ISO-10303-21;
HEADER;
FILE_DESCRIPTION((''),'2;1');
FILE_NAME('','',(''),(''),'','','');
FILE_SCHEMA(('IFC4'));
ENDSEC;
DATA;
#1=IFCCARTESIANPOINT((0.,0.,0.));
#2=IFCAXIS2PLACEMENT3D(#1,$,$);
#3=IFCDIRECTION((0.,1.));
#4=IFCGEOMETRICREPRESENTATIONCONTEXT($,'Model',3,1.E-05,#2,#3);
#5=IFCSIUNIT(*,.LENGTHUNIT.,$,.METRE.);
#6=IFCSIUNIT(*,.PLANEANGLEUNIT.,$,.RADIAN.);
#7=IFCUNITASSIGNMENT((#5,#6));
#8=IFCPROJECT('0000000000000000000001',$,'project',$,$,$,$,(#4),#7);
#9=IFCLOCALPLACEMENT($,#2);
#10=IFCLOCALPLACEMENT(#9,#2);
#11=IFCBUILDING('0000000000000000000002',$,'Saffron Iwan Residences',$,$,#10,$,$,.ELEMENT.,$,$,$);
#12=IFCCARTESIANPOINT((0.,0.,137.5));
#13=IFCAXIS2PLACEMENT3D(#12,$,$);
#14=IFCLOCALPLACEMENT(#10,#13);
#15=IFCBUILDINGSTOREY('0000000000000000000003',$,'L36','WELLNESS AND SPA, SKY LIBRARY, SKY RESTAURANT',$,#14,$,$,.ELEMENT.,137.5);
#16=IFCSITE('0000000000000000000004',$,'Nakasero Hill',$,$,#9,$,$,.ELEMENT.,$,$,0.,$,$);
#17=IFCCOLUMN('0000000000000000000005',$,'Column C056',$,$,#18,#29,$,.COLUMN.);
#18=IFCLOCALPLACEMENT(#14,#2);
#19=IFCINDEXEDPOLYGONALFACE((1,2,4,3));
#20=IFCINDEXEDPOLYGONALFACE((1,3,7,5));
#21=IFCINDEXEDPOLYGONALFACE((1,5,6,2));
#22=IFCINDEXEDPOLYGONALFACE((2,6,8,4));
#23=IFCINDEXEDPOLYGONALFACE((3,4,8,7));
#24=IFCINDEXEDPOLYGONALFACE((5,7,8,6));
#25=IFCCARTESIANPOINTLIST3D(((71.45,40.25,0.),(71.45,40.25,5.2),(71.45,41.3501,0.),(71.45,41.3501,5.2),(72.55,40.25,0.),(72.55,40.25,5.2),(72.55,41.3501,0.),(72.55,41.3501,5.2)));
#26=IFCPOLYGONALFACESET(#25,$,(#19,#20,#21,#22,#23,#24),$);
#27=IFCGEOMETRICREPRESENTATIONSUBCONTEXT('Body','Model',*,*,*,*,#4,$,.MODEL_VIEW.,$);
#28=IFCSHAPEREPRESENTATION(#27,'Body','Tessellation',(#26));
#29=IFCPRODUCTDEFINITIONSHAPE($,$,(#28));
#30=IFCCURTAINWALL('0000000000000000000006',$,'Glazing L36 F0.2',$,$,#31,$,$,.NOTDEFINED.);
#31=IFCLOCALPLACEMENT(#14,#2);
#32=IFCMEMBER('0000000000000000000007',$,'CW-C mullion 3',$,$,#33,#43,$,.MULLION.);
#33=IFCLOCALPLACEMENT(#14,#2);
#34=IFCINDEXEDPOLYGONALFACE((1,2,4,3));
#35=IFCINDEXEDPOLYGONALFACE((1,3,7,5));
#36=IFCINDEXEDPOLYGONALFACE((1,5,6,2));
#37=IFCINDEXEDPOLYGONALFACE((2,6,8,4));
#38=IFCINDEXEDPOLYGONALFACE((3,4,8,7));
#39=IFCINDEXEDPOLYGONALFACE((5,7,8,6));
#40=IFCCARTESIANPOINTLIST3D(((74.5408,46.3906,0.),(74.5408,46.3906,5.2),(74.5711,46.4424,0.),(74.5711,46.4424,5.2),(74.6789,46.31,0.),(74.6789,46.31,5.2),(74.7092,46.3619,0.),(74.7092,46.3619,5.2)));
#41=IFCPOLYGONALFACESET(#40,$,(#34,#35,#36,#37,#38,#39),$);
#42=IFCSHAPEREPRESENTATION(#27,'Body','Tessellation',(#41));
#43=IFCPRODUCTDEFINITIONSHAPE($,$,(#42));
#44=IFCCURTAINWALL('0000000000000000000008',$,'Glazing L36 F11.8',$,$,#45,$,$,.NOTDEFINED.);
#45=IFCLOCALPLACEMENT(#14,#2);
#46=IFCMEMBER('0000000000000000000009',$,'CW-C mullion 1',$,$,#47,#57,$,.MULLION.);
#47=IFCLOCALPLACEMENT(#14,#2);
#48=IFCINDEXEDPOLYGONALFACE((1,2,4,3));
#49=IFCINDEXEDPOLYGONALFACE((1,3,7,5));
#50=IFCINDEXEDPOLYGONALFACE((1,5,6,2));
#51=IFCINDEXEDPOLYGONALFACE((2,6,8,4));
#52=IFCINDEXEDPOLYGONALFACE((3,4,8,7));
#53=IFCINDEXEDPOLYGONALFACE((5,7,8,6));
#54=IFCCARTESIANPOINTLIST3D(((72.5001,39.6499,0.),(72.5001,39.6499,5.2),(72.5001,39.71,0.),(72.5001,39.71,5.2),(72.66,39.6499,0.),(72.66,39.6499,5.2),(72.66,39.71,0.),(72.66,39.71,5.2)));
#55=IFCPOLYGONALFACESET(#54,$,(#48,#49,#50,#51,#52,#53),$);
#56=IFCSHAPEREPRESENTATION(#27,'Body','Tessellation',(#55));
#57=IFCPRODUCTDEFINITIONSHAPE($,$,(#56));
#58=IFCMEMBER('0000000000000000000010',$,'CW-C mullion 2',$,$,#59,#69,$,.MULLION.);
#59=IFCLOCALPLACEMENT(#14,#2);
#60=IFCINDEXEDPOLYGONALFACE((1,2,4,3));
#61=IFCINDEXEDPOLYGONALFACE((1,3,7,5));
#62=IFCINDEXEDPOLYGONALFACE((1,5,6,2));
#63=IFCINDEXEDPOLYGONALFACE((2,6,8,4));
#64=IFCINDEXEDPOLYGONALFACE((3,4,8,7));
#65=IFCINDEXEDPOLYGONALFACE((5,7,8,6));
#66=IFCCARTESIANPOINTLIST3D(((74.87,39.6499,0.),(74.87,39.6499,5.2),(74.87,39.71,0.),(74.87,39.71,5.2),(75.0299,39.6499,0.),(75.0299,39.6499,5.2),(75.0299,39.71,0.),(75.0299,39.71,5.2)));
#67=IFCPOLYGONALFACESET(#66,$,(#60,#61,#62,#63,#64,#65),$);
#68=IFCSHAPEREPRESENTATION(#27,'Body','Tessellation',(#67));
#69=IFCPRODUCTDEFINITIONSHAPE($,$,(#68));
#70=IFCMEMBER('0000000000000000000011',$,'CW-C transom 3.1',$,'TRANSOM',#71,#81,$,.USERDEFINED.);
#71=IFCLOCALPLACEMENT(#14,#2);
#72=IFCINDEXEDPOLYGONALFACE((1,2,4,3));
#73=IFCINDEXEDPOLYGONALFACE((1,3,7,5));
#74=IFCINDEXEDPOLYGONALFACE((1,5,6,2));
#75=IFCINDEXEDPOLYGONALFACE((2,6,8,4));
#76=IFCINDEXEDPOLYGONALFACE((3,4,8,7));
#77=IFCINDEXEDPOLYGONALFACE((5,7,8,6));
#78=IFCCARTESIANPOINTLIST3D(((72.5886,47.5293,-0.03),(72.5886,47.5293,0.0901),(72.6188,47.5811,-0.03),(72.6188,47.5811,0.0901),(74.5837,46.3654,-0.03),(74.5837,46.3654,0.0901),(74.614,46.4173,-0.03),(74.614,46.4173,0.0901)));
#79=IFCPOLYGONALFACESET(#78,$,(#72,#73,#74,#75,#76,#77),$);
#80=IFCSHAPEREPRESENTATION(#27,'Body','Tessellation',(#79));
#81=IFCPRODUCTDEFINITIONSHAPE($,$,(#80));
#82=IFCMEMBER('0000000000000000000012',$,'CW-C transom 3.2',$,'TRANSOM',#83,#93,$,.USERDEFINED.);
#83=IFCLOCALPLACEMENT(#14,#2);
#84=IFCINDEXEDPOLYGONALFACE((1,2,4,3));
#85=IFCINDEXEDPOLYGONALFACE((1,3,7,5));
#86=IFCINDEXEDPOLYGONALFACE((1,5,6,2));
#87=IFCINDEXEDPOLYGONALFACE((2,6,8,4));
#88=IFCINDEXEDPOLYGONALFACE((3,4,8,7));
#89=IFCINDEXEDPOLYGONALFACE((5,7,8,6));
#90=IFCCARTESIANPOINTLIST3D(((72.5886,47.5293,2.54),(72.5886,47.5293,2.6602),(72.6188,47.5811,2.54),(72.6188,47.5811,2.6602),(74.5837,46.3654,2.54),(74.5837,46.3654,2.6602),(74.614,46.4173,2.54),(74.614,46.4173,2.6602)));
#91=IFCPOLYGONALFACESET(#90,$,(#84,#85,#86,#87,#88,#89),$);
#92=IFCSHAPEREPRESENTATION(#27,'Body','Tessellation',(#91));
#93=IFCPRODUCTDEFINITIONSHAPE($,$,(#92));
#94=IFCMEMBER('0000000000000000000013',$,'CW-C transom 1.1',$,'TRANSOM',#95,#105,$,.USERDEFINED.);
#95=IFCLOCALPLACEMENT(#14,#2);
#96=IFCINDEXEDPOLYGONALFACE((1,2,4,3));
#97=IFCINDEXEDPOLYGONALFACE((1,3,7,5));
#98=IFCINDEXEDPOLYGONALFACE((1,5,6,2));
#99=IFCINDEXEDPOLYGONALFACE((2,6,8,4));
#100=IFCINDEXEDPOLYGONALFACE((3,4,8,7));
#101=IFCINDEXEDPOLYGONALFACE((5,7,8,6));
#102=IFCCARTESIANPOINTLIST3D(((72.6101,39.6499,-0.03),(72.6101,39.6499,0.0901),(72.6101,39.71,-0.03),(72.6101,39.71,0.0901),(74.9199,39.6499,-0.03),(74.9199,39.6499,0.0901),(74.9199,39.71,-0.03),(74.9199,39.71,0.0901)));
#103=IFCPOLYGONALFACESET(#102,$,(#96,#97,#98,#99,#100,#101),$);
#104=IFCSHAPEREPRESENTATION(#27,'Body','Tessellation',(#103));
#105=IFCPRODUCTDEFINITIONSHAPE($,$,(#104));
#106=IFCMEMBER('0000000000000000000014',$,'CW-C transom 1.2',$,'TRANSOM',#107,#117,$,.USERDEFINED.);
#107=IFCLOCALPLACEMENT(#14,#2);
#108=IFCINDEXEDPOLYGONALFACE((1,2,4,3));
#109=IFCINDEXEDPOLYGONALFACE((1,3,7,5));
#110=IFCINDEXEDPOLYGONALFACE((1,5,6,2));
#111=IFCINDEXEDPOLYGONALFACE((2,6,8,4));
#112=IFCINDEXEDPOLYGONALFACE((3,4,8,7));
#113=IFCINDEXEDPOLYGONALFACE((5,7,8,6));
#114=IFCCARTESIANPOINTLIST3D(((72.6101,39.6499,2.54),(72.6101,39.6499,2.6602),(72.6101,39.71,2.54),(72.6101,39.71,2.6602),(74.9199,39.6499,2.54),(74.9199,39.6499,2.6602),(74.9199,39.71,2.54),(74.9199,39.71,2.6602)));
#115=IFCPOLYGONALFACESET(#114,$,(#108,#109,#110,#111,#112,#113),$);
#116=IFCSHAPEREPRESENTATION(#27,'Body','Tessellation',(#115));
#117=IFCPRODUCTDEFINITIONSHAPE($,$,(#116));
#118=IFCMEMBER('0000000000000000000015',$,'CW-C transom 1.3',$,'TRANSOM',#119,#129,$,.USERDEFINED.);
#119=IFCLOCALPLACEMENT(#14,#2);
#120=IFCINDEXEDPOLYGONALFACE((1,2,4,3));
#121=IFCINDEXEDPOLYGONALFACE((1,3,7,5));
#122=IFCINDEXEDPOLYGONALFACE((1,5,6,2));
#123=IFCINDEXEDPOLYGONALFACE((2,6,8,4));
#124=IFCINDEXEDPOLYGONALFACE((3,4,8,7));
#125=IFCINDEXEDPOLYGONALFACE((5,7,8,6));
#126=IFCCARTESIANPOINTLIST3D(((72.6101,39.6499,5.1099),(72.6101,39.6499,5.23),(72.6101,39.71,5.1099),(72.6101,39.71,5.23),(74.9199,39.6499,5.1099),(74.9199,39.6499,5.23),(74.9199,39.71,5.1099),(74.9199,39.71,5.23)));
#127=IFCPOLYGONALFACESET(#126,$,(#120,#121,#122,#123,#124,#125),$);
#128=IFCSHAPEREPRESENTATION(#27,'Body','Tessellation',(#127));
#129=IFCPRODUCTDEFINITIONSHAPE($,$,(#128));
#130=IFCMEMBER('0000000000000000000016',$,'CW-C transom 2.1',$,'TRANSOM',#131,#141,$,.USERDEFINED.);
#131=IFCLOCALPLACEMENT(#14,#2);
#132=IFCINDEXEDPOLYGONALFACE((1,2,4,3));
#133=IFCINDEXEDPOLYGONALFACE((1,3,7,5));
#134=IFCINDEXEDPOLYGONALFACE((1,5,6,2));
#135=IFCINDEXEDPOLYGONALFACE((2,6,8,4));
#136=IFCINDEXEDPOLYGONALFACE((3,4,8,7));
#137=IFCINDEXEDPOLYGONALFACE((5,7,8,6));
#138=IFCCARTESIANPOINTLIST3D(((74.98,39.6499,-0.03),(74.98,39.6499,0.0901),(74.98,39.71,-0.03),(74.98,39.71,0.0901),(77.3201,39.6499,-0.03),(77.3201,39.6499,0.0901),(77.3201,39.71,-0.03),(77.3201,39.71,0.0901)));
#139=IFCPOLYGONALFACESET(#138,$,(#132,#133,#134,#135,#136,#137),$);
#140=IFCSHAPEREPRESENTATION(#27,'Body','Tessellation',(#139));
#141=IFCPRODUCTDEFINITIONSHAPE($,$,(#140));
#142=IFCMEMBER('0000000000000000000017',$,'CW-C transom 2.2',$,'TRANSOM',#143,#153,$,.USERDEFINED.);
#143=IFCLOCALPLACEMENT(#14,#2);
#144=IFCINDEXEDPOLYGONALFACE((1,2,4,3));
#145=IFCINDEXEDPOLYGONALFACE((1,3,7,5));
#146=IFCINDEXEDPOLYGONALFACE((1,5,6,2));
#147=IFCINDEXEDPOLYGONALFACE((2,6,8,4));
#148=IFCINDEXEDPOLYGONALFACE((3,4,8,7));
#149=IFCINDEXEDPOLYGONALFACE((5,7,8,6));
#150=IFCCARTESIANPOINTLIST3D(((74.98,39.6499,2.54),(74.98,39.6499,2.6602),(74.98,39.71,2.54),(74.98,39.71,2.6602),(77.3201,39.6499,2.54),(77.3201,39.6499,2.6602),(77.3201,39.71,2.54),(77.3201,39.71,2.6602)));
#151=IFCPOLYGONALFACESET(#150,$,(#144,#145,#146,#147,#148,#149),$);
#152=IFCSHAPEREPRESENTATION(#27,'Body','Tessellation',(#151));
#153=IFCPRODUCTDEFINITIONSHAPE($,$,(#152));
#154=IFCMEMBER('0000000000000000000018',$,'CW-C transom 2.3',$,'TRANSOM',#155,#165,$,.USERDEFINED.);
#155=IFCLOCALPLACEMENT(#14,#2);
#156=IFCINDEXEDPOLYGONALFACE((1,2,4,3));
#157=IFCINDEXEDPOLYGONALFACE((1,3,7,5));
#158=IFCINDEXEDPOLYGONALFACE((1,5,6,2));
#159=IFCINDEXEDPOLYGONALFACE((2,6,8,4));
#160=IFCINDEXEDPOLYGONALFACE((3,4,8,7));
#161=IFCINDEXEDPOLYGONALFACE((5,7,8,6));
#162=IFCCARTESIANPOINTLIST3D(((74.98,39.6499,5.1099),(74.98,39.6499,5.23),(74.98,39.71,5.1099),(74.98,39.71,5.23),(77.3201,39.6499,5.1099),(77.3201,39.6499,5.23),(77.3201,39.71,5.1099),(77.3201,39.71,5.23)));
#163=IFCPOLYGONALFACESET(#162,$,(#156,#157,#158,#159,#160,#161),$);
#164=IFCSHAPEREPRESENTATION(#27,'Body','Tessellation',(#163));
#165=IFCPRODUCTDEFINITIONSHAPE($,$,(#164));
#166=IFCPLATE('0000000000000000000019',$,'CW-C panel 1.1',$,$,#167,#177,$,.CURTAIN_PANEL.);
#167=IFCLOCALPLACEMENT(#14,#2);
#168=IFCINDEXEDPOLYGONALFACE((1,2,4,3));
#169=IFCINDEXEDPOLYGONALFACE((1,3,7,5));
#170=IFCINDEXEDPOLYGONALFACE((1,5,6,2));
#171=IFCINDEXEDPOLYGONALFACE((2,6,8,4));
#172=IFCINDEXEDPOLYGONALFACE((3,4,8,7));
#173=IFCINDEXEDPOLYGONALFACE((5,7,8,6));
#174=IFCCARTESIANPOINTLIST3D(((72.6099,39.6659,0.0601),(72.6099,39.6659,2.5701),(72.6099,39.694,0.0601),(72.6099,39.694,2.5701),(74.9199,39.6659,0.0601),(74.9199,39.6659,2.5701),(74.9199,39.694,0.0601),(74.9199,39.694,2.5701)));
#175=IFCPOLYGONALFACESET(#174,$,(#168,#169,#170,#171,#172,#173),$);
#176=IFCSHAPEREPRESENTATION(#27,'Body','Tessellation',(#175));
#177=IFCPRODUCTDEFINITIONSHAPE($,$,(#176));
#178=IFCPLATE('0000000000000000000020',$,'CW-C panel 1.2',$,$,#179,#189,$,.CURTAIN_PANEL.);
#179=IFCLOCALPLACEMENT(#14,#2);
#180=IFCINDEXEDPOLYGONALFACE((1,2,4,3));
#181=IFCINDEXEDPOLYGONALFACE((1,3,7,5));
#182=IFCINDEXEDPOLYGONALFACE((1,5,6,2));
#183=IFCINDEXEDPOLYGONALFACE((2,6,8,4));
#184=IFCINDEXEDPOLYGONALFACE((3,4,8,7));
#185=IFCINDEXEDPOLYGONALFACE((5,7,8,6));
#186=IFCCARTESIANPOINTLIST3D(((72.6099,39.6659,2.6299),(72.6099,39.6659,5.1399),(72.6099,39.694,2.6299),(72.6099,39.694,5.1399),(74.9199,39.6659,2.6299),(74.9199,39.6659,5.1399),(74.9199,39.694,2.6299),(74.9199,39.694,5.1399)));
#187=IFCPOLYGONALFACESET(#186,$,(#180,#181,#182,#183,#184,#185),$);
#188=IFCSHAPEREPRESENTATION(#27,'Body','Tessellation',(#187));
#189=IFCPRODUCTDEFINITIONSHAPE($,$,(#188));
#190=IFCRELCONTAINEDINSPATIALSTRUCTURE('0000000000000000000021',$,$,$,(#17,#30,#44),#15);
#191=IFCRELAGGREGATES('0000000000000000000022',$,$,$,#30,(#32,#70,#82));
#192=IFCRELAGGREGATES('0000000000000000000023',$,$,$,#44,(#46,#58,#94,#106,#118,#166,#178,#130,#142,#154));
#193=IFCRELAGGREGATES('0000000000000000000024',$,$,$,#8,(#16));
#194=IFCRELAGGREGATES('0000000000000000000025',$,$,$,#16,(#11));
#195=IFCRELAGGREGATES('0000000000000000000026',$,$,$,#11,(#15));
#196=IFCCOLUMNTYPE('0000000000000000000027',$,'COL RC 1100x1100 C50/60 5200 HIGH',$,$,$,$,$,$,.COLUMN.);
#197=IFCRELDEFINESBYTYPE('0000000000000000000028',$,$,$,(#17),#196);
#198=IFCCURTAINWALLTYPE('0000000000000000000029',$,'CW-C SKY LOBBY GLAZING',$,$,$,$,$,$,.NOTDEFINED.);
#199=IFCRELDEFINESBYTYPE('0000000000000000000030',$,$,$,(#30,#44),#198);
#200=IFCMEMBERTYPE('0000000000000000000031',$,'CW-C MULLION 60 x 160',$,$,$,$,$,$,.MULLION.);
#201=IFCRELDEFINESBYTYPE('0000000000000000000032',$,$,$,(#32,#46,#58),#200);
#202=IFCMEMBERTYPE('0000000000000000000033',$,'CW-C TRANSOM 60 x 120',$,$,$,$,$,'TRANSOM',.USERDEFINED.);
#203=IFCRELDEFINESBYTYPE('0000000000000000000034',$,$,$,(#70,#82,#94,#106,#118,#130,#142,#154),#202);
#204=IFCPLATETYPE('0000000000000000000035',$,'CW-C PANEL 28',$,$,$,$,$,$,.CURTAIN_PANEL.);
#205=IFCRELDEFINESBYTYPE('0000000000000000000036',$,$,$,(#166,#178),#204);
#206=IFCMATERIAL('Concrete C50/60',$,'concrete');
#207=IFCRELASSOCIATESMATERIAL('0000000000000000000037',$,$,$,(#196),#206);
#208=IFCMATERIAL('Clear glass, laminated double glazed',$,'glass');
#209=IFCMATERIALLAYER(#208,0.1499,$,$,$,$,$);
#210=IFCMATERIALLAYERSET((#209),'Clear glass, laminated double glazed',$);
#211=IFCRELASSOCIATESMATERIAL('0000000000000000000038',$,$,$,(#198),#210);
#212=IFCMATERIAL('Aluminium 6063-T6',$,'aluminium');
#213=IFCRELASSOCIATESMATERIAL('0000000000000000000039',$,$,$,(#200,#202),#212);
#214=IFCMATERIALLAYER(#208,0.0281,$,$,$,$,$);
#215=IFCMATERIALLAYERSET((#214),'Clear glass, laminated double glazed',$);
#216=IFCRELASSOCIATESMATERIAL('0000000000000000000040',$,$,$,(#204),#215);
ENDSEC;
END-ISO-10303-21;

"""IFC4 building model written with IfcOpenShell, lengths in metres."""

from ifc_helpers import new_model, si_unit, direction, frame, origin, origin_2d, place, context, subcontext, project, spatial, rectangle, extrude, source, transform, mapped, material, layer, layer_set, material_profile, profile_set, type_object, element, aggregate, save


model = new_model("IFC4")

# Units and contexts
model_context = context("Model", 3, precision=1e-05, world=origin(), true_north=direction((0.0, 1.0)))
body_context = subcontext(model_context, "Body", "Model", "MODEL_VIEW")
ifc_project = project(units=[si_unit("LENGTHUNIT", "METRE"), si_unit("PLANEANGLEUNIT", "RADIAN")], contexts=[model_context])

# Site, building, storey
site_placement = place(None, origin())
site = spatial("IfcSite", under=ifc_project, at=site_placement, Name="Nakasero Hill", CompositionType="ELEMENT", RefElevation=0.0)
building_placement = place(site_placement, origin())
building = spatial("IfcBuilding", under=site, at=building_placement, Name="Saffron Iwan Residences", CompositionType="ELEMENT")
storey_placement = place(building_placement, frame((0.0, 0.0, 137.5)))
storey = spatial("IfcBuildingStorey", under=building, at=storey_placement, Name="L36", Description="WELLNESS AND SPA, SKY LIBRARY, SKY RESTAURANT", CompositionType="ELEMENT", Elevation=137.5)

# Column
ifc_material_1 = material(Name="Concrete C50/60", Category="concrete")
ifc_material_profile_1 = material_profile(ifc_material_1, rectangle(XDim=1.1001, YDim=1.1001, at=origin_2d()), Name="RC 1100x1100")
ifc_profile_set_1 = profile_set([ifc_material_profile_1], Name="Concrete C50/60")
column_type = type_object("IfcColumnType", Name="COL RC 1100x1100 C50/60 5200 HIGH", PredefinedType="COLUMN", material=ifc_profile_set_1)
shared_shape_1 = source(origin(), body_context, "Body", "SweptSolid", [
    extrude(rectangle(XDim=1.1001, YDim=1.1001, at=origin_2d()), origin(), (0.0, 0.0, 1.0), 5.2),
])
column_placement = place(storey_placement, frame((72.0, 40.8, 0.0), z_axis=(0.0, 0.0, 1.0), x_axis=(1.0, 0.0, 0.0)))
element("IfcColumn", 1, at=column_placement, inside=storey, type_object=column_type, Name="Column C056", PredefinedType="COLUMN", context=body_context, shape_type="MappedRepresentation", body=[
    mapped(shared_shape_1, transform((0.0, 0.0, 0.0))),
])

# Curtain wall, member
ifc_material_2 = material(Name="Clear glass, laminated double glazed", Category="glass")
ifc_layer_1 = layer(ifc_material_2, 0.1499)
ifc_layer_set_1 = layer_set([ifc_layer_1], Name="Clear glass, laminated double glazed")
curtain_wall_type = type_object("IfcCurtainWallType", Name="CW-C SKY LOBBY GLAZING", PredefinedType="NOTDEFINED", material=ifc_layer_set_1)
curtain_wall_1_placement = place(storey_placement, origin())
curtain_wall_1 = element("IfcCurtainWall", 2, at=curtain_wall_1_placement, inside=storey, type_object=curtain_wall_type, Name="Glazing L36 F0.2", PredefinedType="NOTDEFINED")
ifc_material_3 = material(Name="Aluminium 6063-T6", Category="aluminium")
ifc_material_profile_2 = material_profile(ifc_material_3, rectangle(XDim=0.0601, YDim=0.1599, at=origin_2d()), Name="CW-C MULLION 60 x 160")
ifc_profile_set_2 = profile_set([ifc_material_profile_2], Name="Aluminium 6063-T6")
member_type_1 = type_object("IfcMemberType", Name="CW-C MULLION 60 x 160", PredefinedType="MULLION", material=ifc_profile_set_2)
shared_shape_2 = source(origin(), body_context, "Body", "SweptSolid", [
    extrude(rectangle(XDim=0.0601, YDim=0.1599, at=origin_2d()), origin(), (0.0, 0.0, 1.0), 5.2),
])
member_1_placement = place(storey_placement, frame((74.625, 46.3762, 0.0), z_axis=(0.0, 0.0, 1.0), x_axis=(-0.503871, -0.863779, 0.0)))
member_1 = element("IfcMember", 3, at=member_1_placement, type_object=member_type_1, Name="CW-C mullion 3", PredefinedType="MULLION", context=body_context, shape_type="MappedRepresentation", body=[
    mapped(shared_shape_2, transform((0.0, 0.0, 0.0))),
])

# Curtain wall, members
curtain_wall_2_placement = place(storey_placement, origin())
curtain_wall_2 = element("IfcCurtainWall", 4, at=curtain_wall_2_placement, inside=storey, type_object=curtain_wall_type, Name="Glazing L36 F11.8", PredefinedType="NOTDEFINED")
member_2_placement = place(storey_placement, frame((72.5801, 39.6799, 0.0), z_axis=(0.0, 0.0, 1.0), x_axis=(0.0, 1.0, 0.0)))
member_2 = element("IfcMember", 5, at=member_2_placement, type_object=member_type_1, Name="CW-C mullion 1", PredefinedType="MULLION", context=body_context, shape_type="MappedRepresentation", body=[
    mapped(shared_shape_2, transform((0.0, 0.0, 0.0))),
])
member_3_placement = place(storey_placement, frame((74.95, 39.6799, 0.0), z_axis=(0.0, 0.0, 1.0), x_axis=(0.0, 1.0, 0.0)))
member_3 = element("IfcMember", 6, at=member_3_placement, type_object=member_type_1, Name="CW-C mullion 2", PredefinedType="MULLION", context=body_context, shape_type="MappedRepresentation", body=[
    mapped(shared_shape_2, transform((0.0, 0.0, 0.0))),
])

# Members
ifc_material_profile_3 = material_profile(ifc_material_3, rectangle(XDim=0.0601, YDim=0.1201, at=origin_2d()), Name="CW-C TRANSOM 60 x 120")
ifc_profile_set_3 = profile_set([ifc_material_profile_3], Name="Aluminium 6063-T6")
member_type_2 = type_object("IfcMemberType", Name="CW-C TRANSOM 60 x 120", ElementType="TRANSOM", PredefinedType="USERDEFINED", material=ifc_profile_set_3)
shared_shape_3 = source(origin(), body_context, "Body", "SweptSolid", [
    extrude(rectangle(XDim=0.0601, YDim=0.1201, at=origin_2d()), origin(), (0.0, 0.0, 1.0), 2.3098),
])
member_4_placement = place(storey_placement, frame((74.5989, 46.3914, 0.03), z_axis=(-0.863779, 0.503871, 0.0), x_axis=(-0.503871, -0.863779, 0.0)))
member_4 = element("IfcMember", 7, at=member_4_placement, type_object=member_type_2, Name="CW-C transom 3.1", ObjectType="TRANSOM", PredefinedType="USERDEFINED", context=body_context, shape_type="MappedRepresentation", body=[
    mapped(shared_shape_3, transform((0.0, 0.0, 0.0))),
])
member_5_placement = place(storey_placement, frame((74.5989, 46.3914, 2.6001), z_axis=(-0.863779, 0.503871, 0.0), x_axis=(-0.503871, -0.863779, 0.0)))
member_5 = element("IfcMember", 8, at=member_5_placement, type_object=member_type_2, Name="CW-C transom 3.2", ObjectType="TRANSOM", PredefinedType="USERDEFINED", context=body_context, shape_type="MappedRepresentation", body=[
    mapped(shared_shape_3, transform((0.0, 0.0, 0.0))),
])
member_6_placement = place(storey_placement, frame((72.6101, 39.6799, 0.03), z_axis=(1.0, 0.0, 0.0), x_axis=(0.0, 1.0, 0.0)))
member_6 = element("IfcMember", 9, at=member_6_placement, type_object=member_type_2, Name="CW-C transom 1.1", ObjectType="TRANSOM", PredefinedType="USERDEFINED", context=body_context, shape_type="MappedRepresentation", body=[
    mapped(shared_shape_3, transform((0.0, 0.0, 0.0))),
])
member_7_placement = place(storey_placement, frame((72.6101, 39.6799, 2.6001), z_axis=(1.0, 0.0, 0.0), x_axis=(0.0, 1.0, 0.0)))
member_7 = element("IfcMember", 10, at=member_7_placement, type_object=member_type_2, Name="CW-C transom 1.2", ObjectType="TRANSOM", PredefinedType="USERDEFINED", context=body_context, shape_type="MappedRepresentation", body=[
    mapped(shared_shape_3, transform((0.0, 0.0, 0.0))),
])
member_8_placement = place(storey_placement, frame((72.6101, 39.6799, 5.1699), z_axis=(1.0, 0.0, 0.0), x_axis=(0.0, 1.0, 0.0)))
member_8 = element("IfcMember", 11, at=member_8_placement, type_object=member_type_2, Name="CW-C transom 1.3", ObjectType="TRANSOM", PredefinedType="USERDEFINED", context=body_context, shape_type="MappedRepresentation", body=[
    mapped(shared_shape_3, transform((0.0, 0.0, 0.0))),
])
shared_shape_4 = source(origin(), body_context, "Body", "SweptSolid", [
    extrude(rectangle(XDim=0.0601, YDim=0.1201, at=origin_2d()), origin(), (0.0, 0.0, 1.0), 2.3401),
])
member_9_placement = place(storey_placement, frame((74.98, 39.6799, 0.03), z_axis=(1.0, 0.0, 0.0), x_axis=(0.0, 1.0, 0.0)))
member_9 = element("IfcMember", 12, at=member_9_placement, type_object=member_type_2, Name="CW-C transom 2.1", ObjectType="TRANSOM", PredefinedType="USERDEFINED", context=body_context, shape_type="MappedRepresentation", body=[
    mapped(shared_shape_4, transform((0.0, 0.0, 0.0))),
])
member_10_placement = place(storey_placement, frame((74.98, 39.6799, 2.6001), z_axis=(1.0, 0.0, 0.0), x_axis=(0.0, 1.0, 0.0)))
member_10 = element("IfcMember", 13, at=member_10_placement, type_object=member_type_2, Name="CW-C transom 2.2", ObjectType="TRANSOM", PredefinedType="USERDEFINED", context=body_context, shape_type="MappedRepresentation", body=[
    mapped(shared_shape_4, transform((0.0, 0.0, 0.0))),
])
member_11_placement = place(storey_placement, frame((74.98, 39.6799, 5.1699), z_axis=(1.0, 0.0, 0.0), x_axis=(0.0, 1.0, 0.0)))
member_11 = element("IfcMember", 14, at=member_11_placement, type_object=member_type_2, Name="CW-C transom 2.3", ObjectType="TRANSOM", PredefinedType="USERDEFINED", context=body_context, shape_type="MappedRepresentation", body=[
    mapped(shared_shape_4, transform((0.0, 0.0, 0.0))),
])

# Plates
ifc_layer_2 = layer(ifc_material_2, 0.0281)
ifc_layer_set_2 = layer_set([ifc_layer_2], Name="Clear glass, laminated double glazed")
plate_type = type_object("IfcPlateType", Name="CW-C PANEL 28", PredefinedType="CURTAIN_PANEL", material=ifc_layer_set_2)
shared_shape_5 = source(origin(), body_context, "Body", "SweptSolid", [
    extrude(rectangle(XDim=2.3101, YDim=0.0281, at=origin_2d()), origin(), (0.0, 0.0, 1.0), 2.51),
])
plate_1_placement = place(storey_placement, frame((73.7649, 39.6799, 0.0601), z_axis=(0.0, 0.0, 1.0), x_axis=(1.0, 0.0, 0.0)))
plate_1 = element("IfcPlate", 15, at=plate_1_placement, type_object=plate_type, Name="CW-C panel 1.1", PredefinedType="CURTAIN_PANEL", context=body_context, shape_type="MappedRepresentation", body=[
    mapped(shared_shape_5, transform((0.0, 0.0, 0.0))),
])
plate_2_placement = place(storey_placement, frame((73.7649, 39.6799, 2.6299), z_axis=(0.0, 0.0, 1.0), x_axis=(1.0, 0.0, 0.0)))
plate_2 = element("IfcPlate", 16, at=plate_2_placement, type_object=plate_type, Name="CW-C panel 1.2", PredefinedType="CURTAIN_PANEL", context=body_context, shape_type="MappedRepresentation", body=[
    mapped(shared_shape_5, transform((0.0, 0.0, 0.0))),
])
aggregate(curtain_wall_1, [member_1, member_4, member_5])
aggregate(curtain_wall_2, [member_2, member_3, member_6, member_7, member_8, plate_1, plate_2, member_9, member_10, member_11])

save(model, "model.ifc")
